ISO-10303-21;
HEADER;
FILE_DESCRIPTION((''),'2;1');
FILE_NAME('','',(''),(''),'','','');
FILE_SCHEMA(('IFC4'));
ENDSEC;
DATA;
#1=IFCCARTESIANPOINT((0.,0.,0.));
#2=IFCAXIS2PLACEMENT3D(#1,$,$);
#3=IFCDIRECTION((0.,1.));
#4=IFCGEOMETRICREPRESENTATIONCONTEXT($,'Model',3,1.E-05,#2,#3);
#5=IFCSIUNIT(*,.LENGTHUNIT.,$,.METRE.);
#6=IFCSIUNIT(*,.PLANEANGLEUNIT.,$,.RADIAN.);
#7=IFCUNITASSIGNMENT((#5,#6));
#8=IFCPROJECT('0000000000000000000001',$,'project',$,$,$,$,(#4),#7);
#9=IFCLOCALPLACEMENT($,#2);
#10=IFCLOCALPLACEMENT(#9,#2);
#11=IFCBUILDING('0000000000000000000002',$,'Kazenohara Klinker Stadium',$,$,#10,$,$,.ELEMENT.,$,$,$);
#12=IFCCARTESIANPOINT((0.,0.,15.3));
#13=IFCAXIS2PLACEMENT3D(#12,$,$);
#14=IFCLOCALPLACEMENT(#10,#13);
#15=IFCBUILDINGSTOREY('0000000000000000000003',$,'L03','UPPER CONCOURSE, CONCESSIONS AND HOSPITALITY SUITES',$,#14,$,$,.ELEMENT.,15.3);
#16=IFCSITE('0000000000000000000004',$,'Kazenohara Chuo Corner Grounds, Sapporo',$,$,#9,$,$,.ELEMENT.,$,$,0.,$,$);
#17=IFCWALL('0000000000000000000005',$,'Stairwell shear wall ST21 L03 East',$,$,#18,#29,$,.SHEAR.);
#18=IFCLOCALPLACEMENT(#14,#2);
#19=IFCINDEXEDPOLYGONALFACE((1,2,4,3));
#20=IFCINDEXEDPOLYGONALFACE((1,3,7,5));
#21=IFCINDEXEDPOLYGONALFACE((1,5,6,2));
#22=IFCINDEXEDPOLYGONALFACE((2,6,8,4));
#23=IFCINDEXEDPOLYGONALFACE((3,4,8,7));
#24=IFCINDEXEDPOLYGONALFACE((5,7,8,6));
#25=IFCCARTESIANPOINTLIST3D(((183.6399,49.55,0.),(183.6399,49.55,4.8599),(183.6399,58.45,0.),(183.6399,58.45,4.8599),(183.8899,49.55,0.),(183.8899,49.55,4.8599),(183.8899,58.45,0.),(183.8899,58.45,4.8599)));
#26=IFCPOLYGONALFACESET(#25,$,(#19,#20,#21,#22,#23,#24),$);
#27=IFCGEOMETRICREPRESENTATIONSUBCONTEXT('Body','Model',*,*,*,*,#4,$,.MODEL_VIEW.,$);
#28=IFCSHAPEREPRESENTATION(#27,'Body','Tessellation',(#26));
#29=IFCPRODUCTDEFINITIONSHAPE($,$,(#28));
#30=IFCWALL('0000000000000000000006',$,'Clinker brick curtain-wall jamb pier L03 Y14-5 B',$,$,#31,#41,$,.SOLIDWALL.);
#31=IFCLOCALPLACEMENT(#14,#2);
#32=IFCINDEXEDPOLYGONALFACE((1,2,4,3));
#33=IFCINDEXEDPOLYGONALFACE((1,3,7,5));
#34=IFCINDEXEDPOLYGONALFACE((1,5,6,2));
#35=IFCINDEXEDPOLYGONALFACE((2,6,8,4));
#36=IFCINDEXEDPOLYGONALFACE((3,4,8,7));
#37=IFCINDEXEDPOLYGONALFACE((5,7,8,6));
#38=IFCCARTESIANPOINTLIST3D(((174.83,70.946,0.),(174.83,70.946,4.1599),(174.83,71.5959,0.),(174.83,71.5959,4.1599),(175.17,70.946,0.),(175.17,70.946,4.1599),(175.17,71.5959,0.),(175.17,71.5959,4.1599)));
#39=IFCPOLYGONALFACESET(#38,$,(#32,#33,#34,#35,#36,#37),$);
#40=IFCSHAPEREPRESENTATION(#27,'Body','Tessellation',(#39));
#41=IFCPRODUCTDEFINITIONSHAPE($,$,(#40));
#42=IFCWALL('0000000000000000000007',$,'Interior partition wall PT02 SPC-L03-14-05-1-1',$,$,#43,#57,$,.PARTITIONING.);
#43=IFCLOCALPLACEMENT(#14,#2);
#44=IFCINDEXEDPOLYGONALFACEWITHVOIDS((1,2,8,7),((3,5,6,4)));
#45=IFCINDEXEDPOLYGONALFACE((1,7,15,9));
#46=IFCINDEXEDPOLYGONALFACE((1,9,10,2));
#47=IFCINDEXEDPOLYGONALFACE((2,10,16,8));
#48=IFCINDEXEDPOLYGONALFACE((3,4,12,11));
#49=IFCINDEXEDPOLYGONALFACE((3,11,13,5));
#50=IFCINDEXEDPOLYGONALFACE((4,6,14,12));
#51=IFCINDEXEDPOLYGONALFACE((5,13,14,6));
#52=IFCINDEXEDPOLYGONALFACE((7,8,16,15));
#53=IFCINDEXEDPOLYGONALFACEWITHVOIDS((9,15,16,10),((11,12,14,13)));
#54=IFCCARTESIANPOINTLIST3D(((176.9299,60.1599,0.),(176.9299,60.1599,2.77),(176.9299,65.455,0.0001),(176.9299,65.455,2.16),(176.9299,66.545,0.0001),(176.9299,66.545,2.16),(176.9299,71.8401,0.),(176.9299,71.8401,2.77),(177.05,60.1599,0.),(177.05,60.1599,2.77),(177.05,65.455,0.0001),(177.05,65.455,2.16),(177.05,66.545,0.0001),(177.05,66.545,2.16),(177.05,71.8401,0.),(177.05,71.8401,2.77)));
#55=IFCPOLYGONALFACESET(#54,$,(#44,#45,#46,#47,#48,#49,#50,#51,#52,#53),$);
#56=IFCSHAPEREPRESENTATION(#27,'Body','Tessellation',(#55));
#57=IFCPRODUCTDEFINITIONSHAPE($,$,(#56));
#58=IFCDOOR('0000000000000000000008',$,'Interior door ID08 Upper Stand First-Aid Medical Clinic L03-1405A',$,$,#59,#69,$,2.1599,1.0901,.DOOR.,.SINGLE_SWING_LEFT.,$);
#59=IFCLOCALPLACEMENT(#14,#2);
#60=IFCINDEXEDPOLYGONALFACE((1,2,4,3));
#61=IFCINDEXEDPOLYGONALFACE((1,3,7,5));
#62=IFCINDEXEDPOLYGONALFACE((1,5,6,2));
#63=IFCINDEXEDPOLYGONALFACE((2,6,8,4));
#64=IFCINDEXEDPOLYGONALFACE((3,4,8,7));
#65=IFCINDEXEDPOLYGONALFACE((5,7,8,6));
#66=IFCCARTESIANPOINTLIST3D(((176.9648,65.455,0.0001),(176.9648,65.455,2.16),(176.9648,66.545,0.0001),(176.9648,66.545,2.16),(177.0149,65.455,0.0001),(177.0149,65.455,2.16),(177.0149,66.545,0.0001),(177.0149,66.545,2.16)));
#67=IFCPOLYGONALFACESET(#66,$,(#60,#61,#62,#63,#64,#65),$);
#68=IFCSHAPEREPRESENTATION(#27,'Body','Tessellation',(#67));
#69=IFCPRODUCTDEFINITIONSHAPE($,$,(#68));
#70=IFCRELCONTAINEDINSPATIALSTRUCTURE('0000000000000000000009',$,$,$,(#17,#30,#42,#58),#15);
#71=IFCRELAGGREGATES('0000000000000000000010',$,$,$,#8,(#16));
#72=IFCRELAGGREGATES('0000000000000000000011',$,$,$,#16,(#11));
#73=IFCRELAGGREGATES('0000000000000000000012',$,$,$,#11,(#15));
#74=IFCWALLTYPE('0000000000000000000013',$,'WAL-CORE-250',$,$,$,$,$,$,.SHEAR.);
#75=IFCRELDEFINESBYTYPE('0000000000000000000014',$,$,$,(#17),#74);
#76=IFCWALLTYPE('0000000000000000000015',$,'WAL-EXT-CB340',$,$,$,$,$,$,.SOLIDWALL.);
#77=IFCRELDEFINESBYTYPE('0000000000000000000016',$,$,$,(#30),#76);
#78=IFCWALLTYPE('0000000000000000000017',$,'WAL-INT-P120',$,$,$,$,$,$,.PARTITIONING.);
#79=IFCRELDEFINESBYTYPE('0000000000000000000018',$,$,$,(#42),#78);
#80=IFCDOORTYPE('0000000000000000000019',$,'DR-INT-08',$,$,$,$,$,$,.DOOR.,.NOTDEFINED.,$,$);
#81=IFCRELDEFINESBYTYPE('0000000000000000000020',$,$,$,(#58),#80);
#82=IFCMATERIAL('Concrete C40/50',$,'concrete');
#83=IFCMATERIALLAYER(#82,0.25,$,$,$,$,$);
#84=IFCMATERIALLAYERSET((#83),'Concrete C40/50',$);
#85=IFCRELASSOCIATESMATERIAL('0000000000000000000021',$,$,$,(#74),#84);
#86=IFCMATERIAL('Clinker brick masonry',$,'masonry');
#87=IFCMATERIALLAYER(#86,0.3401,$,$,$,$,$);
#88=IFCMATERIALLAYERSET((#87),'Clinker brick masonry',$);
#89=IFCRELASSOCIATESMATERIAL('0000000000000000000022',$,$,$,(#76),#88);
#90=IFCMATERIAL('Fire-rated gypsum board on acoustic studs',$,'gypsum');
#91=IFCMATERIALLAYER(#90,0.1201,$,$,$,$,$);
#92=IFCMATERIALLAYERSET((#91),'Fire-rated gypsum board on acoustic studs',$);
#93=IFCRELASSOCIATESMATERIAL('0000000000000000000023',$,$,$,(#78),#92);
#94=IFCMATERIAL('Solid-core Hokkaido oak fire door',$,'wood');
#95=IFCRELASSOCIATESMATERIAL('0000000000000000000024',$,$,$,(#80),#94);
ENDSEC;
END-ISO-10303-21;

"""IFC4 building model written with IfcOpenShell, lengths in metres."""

from ifc_helpers import new_model, si_unit, direction, frame, frame_2d, origin, place, context, subcontext, project, spatial, rectangle, extrude, material, layer, layer_set, type_object, element, fill, save


model = new_model("IFC4")

# Units and contexts
model_context = context("Model", 3, precision=1e-05, world=origin(), true_north=direction((0.0, 1.0)))
body_context = subcontext(model_context, "Body", "Model", "MODEL_VIEW")
ifc_project = project(units=[si_unit("LENGTHUNIT", "METRE"), si_unit("PLANEANGLEUNIT", "RADIAN")], contexts=[model_context])

# Site, building, storey
site_placement = place(None, origin())
site = spatial("IfcSite", under=ifc_project, at=site_placement, Name="Kazenohara Chuo Corner Grounds, Sapporo", CompositionType="ELEMENT", RefElevation=0.0)
building_placement = place(site_placement, origin())
building = spatial("IfcBuilding", under=site, at=building_placement, Name="Kazenohara Klinker Stadium", CompositionType="ELEMENT")
storey_placement = place(building_placement, frame((0.0, 0.0, 15.3)))
storey = spatial("IfcBuildingStorey", under=building, at=storey_placement, Name="L03", Description="UPPER CONCOURSE, CONCESSIONS AND HOSPITALITY SUITES", CompositionType="ELEMENT", Elevation=15.3)

# Shared definitions
ifc_material_1 = material(Name="Concrete C40/50", Category="concrete")

# Shared definitions
ifc_layer_1 = layer(ifc_material_1, 0.25)
ifc_layer_set_1 = layer_set([ifc_layer_1], Name="Concrete C40/50")
wall_type_1 = type_object("IfcWallType", Name="WAL-CORE-250", PredefinedType="SHEAR", material=ifc_layer_set_1)

# Walls
for number, where, z_axis, x_axis, name in (
    (1, (183.7649, 49.55, 0.0), (0.0, 0.0, 1.0), (0.0, 1.0, 0.0), "Stairwell shear wall ST21 L03 East"),
):
    element("IfcWall", number, at=place(storey_placement, frame(where, z_axis=z_axis, x_axis=x_axis)), inside=storey, type_object=wall_type_1, Name=name, PredefinedType="SHEAR", context=body_context, shape_type="SweptSolid", body=[
        extrude(rectangle(XDim=8.8999, YDim=0.25, at=frame_2d((4.45, 0.0))), origin(), (0.0, 0.0, 1.0), 4.8599),
    ])
ifc_material_2 = material(Name="Clinker brick masonry", Category="masonry")
ifc_layer_2 = layer(ifc_material_2, 0.3401)
ifc_layer_set_2 = layer_set([ifc_layer_2], Name="Clinker brick masonry")
wall_type_2 = type_object("IfcWallType", Name="WAL-EXT-CB340", PredefinedType="SOLIDWALL", material=ifc_layer_set_2)
wall_1_placement = place(storey_placement, frame((175.0, 70.946, 0.0), z_axis=(0.0, 0.0, 1.0), x_axis=(0.0, 1.0, 0.0)))
element("IfcWall", 2, at=wall_1_placement, inside=storey, type_object=wall_type_2, Name="Clinker brick curtain-wall jamb pier L03 Y14-5 B", PredefinedType="SOLIDWALL", context=body_context, shape_type="SweptSolid", body=[
    extrude(rectangle(XDim=0.6499, YDim=0.3401, at=frame_2d((0.325, 0.0))), origin(), (0.0, 0.0, 1.0), 4.1599),
])

# Wall, opening, door
ifc_material_3 = material(Name="Fire-rated gypsum board on acoustic studs", Category="gypsum")
ifc_layer_3 = layer(ifc_material_3, 0.1201)
ifc_layer_set_3 = layer_set([ifc_layer_3], Name="Fire-rated gypsum board on acoustic studs")
wall_type_3 = type_object("IfcWallType", Name="WAL-INT-P120", PredefinedType="PARTITIONING", material=ifc_layer_set_3)
wall_2_placement = place(storey_placement, frame((176.99, 60.1599, 0.0), z_axis=(0.0, 0.0, 1.0), x_axis=(0.0, 1.0, 0.0)))
wall_2 = element("IfcWall", 3, at=wall_2_placement, inside=storey, type_object=wall_type_3, Name="Interior partition wall PT02 SPC-L03-14-05-1-1", PredefinedType="PARTITIONING", context=body_context, shape_type="SweptSolid", body=[
    extrude(rectangle(XDim=11.6802, YDim=0.1201, at=frame_2d((5.8401, 0.0))), origin(), (0.0, 0.0, 1.0), 2.77),
])
opening_1_placement = place(wall_2_placement, frame((6.385, 0.0, 0.0), z_axis=(0.0, 0.0, 1.0), x_axis=(-1.0, 0.0, 0.0)))
opening_1 = element("IfcOpeningElement", 4, at=opening_1_placement, cuts=wall_2, PredefinedType="OPENING", context=body_context, shape_type="SweptSolid", body=[
    extrude(rectangle(XDim=1.0901, YDim=2.1599, at=frame_2d((0.5449, 1.0801))), frame((0.0, 0.0701, 0.0), z_axis=(0.0, -1.0, 0.0), x_axis=(1.0, 0.0, 0.0)), (0.0, 0.0, 1.0), 0.1401),
])
ifc_material_4 = material(Name="Solid-core Hokkaido oak fire door", Category="wood")
door_type_1 = type_object("IfcDoorType", Name="DR-INT-08", OperationType="NOTDEFINED", PredefinedType="DOOR", material=ifc_material_4)
door_1_placement = place(opening_1_placement, origin())
door_1 = element("IfcDoor", 5, at=door_1_placement, inside=storey, type_object=door_type_1, Name="Interior door ID08 Upper Stand First-Aid Medical Clinic L03-1405A", OperationType="SINGLE_SWING_LEFT", OverallHeight=2.1599, OverallWidth=1.0901, PredefinedType="DOOR", context=body_context, shape_type="SweptSolid", body=[
    extrude(rectangle(XDim=1.0901, YDim=2.1599, at=frame_2d((0.5449, 1.0801))), frame((0.0, 0.0249, 0.0), z_axis=(0.0, -1.0, 0.0), x_axis=(1.0, 0.0, 0.0)), (0.0, 0.0, 1.0), 0.05),
])
fill(opening_1, door_1)

save(model, "model.ifc")
